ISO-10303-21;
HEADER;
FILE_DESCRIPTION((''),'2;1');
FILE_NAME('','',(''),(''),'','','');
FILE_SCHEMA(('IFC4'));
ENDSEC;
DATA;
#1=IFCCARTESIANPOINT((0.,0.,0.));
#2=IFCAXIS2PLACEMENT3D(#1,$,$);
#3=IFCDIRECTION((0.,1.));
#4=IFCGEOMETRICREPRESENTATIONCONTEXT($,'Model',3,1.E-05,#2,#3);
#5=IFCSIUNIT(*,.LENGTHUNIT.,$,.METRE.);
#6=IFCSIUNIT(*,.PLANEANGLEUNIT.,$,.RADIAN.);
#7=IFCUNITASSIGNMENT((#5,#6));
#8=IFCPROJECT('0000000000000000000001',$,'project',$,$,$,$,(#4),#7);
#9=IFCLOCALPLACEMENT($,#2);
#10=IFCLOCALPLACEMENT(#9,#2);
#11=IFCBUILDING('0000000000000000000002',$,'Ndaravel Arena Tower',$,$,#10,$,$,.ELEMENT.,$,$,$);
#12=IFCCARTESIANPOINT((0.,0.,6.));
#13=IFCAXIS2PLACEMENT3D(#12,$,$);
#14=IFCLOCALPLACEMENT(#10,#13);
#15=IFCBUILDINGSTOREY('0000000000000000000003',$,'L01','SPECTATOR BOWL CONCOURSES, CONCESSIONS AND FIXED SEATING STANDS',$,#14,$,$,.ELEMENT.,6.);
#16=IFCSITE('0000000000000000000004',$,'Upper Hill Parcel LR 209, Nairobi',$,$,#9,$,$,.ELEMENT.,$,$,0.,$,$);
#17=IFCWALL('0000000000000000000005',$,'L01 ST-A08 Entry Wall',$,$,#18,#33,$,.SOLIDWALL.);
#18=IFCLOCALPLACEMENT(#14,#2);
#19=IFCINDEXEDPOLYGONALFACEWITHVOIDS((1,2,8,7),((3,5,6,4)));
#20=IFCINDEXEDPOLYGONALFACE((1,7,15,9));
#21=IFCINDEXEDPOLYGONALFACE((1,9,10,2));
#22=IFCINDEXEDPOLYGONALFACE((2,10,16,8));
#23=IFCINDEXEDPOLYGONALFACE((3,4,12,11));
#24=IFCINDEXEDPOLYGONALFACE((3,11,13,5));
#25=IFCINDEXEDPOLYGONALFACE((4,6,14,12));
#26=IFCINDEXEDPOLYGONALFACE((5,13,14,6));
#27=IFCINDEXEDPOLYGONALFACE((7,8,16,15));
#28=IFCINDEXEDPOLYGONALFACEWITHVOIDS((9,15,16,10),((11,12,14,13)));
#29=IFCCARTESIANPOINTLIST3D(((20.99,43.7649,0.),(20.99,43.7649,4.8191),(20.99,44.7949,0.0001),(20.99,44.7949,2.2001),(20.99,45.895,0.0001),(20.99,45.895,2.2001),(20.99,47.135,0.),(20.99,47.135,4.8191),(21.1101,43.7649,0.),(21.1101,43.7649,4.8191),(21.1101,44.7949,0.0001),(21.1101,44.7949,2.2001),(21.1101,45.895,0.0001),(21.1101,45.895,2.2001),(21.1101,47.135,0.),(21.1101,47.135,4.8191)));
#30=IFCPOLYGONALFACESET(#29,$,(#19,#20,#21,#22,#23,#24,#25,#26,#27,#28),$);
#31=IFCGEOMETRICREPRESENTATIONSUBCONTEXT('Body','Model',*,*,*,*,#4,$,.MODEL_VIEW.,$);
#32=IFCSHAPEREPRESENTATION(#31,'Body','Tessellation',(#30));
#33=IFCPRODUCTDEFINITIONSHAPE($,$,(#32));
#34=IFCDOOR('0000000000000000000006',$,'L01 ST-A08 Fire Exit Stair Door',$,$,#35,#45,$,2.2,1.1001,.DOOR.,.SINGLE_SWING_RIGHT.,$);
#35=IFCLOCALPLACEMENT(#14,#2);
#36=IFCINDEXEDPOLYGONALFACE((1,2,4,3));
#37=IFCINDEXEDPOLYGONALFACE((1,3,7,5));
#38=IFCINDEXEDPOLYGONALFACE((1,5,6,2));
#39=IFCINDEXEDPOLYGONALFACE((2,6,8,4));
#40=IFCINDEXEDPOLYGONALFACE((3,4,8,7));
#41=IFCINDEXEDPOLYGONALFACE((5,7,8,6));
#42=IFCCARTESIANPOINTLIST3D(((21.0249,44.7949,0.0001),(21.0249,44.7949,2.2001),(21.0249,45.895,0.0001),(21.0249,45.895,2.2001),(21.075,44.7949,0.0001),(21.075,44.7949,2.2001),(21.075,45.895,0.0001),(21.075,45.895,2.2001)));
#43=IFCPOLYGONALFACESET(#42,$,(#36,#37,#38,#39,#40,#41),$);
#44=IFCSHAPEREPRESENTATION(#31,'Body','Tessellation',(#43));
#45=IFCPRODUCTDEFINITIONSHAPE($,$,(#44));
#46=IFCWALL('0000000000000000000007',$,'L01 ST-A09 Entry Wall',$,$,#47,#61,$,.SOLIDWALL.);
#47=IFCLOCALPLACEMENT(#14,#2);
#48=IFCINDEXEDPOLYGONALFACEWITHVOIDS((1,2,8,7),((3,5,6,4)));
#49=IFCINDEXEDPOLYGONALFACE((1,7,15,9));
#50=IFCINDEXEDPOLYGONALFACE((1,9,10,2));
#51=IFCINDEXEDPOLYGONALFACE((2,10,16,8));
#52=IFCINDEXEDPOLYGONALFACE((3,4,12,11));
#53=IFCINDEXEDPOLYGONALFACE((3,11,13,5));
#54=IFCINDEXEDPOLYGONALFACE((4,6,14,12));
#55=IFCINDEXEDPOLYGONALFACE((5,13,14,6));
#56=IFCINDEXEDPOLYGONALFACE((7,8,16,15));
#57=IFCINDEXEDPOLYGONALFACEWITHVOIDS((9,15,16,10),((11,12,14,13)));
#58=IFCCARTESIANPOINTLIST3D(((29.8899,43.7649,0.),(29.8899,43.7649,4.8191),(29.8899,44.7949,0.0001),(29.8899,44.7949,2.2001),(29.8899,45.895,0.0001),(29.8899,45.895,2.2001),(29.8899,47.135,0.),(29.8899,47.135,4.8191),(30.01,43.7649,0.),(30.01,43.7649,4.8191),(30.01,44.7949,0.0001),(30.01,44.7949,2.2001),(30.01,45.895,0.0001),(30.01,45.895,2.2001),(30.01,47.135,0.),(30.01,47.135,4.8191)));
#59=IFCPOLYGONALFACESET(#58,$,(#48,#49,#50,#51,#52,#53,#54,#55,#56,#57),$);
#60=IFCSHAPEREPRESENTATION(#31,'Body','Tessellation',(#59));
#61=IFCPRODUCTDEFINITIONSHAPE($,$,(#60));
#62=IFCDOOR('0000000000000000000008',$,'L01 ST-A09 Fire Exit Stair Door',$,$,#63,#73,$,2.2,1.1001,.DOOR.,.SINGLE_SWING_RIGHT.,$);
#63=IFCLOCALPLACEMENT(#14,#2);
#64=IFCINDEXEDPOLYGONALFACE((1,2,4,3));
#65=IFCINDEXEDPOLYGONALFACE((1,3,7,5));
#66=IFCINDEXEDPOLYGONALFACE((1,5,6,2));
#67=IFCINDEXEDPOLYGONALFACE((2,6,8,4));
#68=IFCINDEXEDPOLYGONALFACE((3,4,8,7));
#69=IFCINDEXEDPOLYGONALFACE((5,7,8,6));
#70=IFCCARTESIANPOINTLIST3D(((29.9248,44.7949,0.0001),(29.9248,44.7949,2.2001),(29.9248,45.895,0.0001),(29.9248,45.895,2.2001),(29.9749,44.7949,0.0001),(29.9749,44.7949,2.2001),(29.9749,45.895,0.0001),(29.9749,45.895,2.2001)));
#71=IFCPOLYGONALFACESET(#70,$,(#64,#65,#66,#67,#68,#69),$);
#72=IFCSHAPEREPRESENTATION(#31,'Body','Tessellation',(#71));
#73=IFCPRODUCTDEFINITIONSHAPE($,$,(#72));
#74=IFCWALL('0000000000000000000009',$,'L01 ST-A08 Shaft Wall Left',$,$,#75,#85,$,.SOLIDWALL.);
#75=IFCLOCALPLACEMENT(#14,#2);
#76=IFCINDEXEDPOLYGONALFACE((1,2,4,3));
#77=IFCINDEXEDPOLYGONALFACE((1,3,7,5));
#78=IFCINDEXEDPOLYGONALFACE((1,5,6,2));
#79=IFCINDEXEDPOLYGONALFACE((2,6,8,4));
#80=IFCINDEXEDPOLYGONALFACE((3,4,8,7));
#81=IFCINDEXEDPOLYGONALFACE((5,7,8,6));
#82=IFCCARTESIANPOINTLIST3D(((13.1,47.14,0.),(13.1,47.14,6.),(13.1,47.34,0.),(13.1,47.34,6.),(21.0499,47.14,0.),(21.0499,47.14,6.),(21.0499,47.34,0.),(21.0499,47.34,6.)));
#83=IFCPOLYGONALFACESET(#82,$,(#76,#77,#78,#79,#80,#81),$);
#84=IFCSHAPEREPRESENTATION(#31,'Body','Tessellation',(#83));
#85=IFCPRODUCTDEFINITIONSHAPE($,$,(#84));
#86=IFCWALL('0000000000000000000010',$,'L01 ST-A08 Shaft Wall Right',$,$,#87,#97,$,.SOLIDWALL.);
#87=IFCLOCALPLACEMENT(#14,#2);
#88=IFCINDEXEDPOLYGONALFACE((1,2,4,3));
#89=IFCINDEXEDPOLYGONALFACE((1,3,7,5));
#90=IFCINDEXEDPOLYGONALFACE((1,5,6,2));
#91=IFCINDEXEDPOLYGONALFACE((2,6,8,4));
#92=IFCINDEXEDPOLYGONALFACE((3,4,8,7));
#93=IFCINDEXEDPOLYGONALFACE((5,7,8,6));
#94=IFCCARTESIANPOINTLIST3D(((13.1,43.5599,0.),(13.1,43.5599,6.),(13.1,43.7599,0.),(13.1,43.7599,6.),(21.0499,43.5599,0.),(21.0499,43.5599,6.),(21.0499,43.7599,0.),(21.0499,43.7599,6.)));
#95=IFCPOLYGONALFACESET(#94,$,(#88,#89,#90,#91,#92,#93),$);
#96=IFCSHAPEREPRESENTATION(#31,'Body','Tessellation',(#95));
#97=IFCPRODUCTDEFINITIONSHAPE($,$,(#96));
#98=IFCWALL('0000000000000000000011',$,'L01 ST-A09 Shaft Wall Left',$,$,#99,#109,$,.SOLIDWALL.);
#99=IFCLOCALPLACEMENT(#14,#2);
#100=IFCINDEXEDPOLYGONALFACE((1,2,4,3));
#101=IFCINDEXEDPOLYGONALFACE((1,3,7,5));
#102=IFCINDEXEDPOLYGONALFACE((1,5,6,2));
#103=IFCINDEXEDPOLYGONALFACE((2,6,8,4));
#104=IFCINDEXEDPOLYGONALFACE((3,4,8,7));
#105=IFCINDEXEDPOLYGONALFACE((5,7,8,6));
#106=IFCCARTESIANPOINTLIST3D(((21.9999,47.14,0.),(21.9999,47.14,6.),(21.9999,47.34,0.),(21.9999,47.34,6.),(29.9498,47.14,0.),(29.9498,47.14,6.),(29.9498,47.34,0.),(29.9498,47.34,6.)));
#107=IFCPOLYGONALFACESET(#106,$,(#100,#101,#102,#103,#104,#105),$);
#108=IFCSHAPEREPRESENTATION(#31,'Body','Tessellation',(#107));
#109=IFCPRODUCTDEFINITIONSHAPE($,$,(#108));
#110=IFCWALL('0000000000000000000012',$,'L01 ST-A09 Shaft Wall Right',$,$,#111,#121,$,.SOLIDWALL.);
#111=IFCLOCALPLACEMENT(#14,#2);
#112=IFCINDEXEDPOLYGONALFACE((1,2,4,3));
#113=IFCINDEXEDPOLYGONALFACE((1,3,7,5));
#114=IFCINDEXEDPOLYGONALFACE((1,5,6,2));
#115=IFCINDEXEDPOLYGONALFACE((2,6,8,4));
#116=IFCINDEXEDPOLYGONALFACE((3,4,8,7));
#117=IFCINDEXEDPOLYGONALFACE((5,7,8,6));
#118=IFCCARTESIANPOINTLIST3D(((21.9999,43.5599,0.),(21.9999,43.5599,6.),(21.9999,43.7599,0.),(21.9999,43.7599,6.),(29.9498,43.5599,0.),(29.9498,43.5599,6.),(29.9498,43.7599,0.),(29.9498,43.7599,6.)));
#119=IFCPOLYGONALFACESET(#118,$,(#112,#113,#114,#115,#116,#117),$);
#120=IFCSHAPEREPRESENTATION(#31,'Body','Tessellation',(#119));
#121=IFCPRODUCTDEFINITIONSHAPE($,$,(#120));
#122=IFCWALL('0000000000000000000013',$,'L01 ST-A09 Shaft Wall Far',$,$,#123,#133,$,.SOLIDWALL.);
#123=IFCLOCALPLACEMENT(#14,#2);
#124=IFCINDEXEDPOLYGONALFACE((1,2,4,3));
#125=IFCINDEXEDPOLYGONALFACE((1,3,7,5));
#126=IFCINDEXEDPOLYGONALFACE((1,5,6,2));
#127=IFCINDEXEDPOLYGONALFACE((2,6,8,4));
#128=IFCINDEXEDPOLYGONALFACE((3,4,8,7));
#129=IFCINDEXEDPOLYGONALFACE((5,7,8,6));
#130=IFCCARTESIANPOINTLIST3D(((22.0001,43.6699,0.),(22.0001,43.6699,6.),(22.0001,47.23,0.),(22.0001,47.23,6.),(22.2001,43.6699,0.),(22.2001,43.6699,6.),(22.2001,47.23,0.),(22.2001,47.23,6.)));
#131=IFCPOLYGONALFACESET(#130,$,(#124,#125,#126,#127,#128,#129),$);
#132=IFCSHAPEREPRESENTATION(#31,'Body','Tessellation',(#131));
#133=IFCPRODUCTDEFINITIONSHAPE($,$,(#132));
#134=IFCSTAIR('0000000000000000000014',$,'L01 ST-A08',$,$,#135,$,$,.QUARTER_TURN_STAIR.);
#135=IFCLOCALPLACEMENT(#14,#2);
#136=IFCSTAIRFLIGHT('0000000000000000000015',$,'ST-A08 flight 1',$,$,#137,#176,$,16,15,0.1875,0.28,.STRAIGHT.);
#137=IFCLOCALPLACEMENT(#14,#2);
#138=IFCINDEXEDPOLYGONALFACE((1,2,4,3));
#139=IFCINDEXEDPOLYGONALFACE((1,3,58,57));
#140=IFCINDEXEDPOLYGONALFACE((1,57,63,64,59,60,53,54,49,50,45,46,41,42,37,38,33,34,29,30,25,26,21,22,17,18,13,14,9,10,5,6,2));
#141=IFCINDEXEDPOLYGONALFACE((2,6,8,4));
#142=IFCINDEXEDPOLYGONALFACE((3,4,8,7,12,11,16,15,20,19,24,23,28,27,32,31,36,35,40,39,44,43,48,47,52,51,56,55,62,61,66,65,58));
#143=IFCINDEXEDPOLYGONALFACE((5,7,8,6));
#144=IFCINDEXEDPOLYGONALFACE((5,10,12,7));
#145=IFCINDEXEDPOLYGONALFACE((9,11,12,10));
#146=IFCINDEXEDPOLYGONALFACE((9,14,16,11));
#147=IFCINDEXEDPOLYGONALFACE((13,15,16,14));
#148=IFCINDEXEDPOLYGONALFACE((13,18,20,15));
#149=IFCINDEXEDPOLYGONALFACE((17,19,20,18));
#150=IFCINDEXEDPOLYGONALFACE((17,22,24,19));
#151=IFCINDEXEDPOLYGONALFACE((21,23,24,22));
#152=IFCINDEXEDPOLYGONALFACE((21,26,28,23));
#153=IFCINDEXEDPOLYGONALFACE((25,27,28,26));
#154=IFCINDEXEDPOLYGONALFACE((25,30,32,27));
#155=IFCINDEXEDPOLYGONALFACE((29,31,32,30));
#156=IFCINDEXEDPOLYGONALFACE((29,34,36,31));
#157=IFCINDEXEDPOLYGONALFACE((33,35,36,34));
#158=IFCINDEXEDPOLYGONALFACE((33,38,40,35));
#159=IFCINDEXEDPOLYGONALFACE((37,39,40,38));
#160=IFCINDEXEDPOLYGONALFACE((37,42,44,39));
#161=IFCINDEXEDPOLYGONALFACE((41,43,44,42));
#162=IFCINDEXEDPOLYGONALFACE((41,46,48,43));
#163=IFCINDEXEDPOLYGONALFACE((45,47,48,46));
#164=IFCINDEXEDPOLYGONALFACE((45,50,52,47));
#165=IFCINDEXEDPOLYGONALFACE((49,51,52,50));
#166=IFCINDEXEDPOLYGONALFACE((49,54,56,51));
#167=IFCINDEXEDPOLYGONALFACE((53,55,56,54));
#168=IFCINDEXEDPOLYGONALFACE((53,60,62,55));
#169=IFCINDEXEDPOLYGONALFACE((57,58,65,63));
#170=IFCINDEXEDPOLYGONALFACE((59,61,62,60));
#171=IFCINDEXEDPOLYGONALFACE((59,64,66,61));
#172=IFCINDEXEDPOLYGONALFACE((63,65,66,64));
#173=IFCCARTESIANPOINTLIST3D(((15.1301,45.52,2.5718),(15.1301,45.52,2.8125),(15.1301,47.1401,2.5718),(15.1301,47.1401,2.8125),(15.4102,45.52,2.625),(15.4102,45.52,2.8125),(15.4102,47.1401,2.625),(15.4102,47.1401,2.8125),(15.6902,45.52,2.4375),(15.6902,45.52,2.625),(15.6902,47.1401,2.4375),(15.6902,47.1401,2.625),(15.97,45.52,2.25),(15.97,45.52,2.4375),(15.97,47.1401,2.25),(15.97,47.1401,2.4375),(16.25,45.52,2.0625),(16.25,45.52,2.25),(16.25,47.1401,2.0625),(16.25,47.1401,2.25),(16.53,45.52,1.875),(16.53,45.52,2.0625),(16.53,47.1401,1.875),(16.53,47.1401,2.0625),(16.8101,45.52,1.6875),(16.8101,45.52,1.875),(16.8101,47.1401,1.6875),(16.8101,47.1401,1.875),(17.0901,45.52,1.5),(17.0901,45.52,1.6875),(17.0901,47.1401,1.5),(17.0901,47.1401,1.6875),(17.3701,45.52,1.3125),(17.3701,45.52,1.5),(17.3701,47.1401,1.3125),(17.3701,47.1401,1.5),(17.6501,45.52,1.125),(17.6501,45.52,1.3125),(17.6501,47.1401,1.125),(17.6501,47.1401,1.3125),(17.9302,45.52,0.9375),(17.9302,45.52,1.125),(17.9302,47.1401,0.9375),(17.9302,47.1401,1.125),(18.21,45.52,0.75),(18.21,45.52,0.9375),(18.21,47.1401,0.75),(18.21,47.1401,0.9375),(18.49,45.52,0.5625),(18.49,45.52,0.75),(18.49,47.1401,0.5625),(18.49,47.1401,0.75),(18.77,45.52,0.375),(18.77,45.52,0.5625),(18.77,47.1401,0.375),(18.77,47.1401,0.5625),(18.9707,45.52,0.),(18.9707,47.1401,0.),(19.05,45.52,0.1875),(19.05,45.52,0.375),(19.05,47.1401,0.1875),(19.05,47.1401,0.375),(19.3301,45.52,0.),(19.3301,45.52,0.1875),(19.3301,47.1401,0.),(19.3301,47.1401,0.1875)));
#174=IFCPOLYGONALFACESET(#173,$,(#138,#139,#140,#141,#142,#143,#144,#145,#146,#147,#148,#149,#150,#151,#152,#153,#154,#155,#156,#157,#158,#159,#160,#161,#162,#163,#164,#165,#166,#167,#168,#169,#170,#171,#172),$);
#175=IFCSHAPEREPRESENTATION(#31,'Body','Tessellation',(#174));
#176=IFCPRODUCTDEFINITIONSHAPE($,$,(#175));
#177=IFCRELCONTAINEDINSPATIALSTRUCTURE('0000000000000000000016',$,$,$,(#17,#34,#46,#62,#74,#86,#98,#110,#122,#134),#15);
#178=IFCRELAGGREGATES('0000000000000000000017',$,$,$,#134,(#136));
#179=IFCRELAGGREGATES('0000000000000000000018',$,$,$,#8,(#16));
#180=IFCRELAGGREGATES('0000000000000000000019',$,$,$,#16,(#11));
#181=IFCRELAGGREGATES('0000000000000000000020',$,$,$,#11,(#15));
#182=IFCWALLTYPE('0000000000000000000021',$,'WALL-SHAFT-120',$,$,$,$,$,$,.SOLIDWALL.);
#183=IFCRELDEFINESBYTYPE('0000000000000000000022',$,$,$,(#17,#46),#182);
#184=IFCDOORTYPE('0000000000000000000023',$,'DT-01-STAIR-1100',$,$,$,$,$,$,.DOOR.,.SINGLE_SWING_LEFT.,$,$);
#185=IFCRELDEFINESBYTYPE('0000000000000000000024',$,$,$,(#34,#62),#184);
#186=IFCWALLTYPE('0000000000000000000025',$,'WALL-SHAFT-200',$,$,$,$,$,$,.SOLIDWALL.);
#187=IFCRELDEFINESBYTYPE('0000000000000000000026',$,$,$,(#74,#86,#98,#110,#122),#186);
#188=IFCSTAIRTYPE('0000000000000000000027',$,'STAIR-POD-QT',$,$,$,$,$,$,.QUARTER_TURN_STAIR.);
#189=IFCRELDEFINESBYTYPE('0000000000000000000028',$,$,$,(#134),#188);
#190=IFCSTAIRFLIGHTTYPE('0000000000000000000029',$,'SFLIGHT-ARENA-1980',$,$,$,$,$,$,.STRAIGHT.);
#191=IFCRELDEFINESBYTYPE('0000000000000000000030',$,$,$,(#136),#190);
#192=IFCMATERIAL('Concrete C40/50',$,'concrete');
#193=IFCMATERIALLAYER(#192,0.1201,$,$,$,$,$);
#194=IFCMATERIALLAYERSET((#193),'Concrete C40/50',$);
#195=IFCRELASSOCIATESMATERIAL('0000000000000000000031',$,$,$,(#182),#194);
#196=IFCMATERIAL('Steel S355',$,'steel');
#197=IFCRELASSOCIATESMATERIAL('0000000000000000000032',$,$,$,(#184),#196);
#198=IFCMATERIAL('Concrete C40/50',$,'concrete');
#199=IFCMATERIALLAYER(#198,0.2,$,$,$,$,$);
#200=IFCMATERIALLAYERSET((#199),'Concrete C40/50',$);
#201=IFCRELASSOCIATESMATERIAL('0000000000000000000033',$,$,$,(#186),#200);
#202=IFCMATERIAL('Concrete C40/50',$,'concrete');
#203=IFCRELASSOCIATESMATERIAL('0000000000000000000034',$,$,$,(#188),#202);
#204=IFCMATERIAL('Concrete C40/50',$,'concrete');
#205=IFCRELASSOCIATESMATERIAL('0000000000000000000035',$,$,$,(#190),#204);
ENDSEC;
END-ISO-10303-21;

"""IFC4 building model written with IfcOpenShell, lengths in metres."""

from ifc_helpers import new_model, si_unit, direction, frame, frame_2d, origin, place, context, subcontext, project, spatial, polyline, rectangle, outline, extrude, material, layer, layer_set, type_object, element, fill, aggregate, save


model = new_model("IFC4")

# Units and contexts
model_context = context("Model", 3, precision=1e-05, world=origin(), true_north=direction((0.0, 1.0)))
body_context = subcontext(model_context, "Body", "Model", "MODEL_VIEW")
ifc_project = project(units=[si_unit("LENGTHUNIT", "METRE"), si_unit("PLANEANGLEUNIT", "RADIAN")], contexts=[model_context])

# Site, building, storey
site_placement = place(None, origin())
site = spatial("IfcSite", under=ifc_project, at=site_placement, Name="Upper Hill Parcel LR 209, Nairobi", CompositionType="ELEMENT", RefElevation=0.0)
building_placement = place(site_placement, origin())
building = spatial("IfcBuilding", under=site, at=building_placement, Name="Ndaravel Arena Tower", CompositionType="ELEMENT")
storey_placement = place(building_placement, frame((0.0, 0.0, 6.0)))
storey = spatial("IfcBuildingStorey", under=building, at=storey_placement, Name="L01", Description="SPECTATOR BOWL CONCOURSES, CONCESSIONS AND FIXED SEATING STANDS", CompositionType="ELEMENT", Elevation=6.0)

# Walls, openings, doors
ifc_material_1 = material(Name="Concrete C40/50", Category="concrete")
ifc_layer_1 = layer(ifc_material_1, 0.1201)
ifc_layer_set_1 = layer_set([ifc_layer_1], Name="Concrete C40/50")
wall_type_1 = type_object("IfcWallType", Name="WALL-SHAFT-120", PredefinedType="SOLIDWALL", material=ifc_layer_set_1)
wall_1_placement = place(storey_placement, frame((21.05, 47.135, 0.0), z_axis=(0.0, 0.0, 1.0), x_axis=(0.0, -1.0, 0.0)))
wall_1 = element("IfcWall", 1, at=wall_1_placement, inside=storey, type_object=wall_type_1, Name="L01 ST-A08 Entry Wall", PredefinedType="SOLIDWALL", context=body_context, shape_type="SweptSolid", body=[
    extrude(rectangle(XDim=3.3701, YDim=0.1201, at=frame_2d((1.6851, 0.0))), origin(), (0.0, 0.0, 1.0), 4.8191),
])
opening_1_placement = place(wall_1_placement, frame((1.24, 0.0, 0.0)))
opening_1 = element("IfcOpeningElement", 2, at=opening_1_placement, cuts=wall_1, PredefinedType="OPENING", context=body_context, shape_type="SweptSolid", body=[
    extrude(rectangle(XDim=1.1001, YDim=2.2, at=frame_2d((0.55, 1.1001))), frame((0.0, 0.0601, 0.0), z_axis=(0.0, -1.0, 0.0), x_axis=(1.0, 0.0, 0.0)), (0.0, 0.0, 1.0), 0.1201),
])
ifc_material_2 = material(Name="Steel S355", Category="steel")
door_type = type_object("IfcDoorType", Name="DT-01-STAIR-1100", OperationType="SINGLE_SWING_LEFT", PredefinedType="DOOR", material=ifc_material_2)
door_1_placement = place(opening_1_placement, origin())
door_1 = element("IfcDoor", 3, at=door_1_placement, inside=storey, type_object=door_type, Name="L01 ST-A08 Fire Exit Stair Door", OperationType="SINGLE_SWING_RIGHT", OverallHeight=2.2, OverallWidth=1.1001, PredefinedType="DOOR", context=body_context, shape_type="SweptSolid", body=[
    extrude(rectangle(XDim=1.1001, YDim=2.2, at=frame_2d((0.55, 1.1001))), frame((0.0, 0.0249, 0.0), z_axis=(0.0, -1.0, 0.0), x_axis=(1.0, 0.0, 0.0)), (0.0, 0.0, 1.0), 0.05),
])
fill(opening_1, door_1)
wall_2_placement = place(storey_placement, frame((29.95, 47.135, 0.0), z_axis=(0.0, 0.0, 1.0), x_axis=(0.0, -1.0, 0.0)))
wall_2 = element("IfcWall", 4, at=wall_2_placement, inside=storey, type_object=wall_type_1, Name="L01 ST-A09 Entry Wall", PredefinedType="SOLIDWALL", context=body_context, shape_type="SweptSolid", body=[
    extrude(rectangle(XDim=3.3701, YDim=0.1201, at=frame_2d((1.6851, 0.0))), origin(), (0.0, 0.0, 1.0), 4.8191),
])
opening_2_placement = place(wall_2_placement, frame((1.24, 0.0, 0.0)))
opening_2 = element("IfcOpeningElement", 5, at=opening_2_placement, cuts=wall_2, PredefinedType="OPENING", context=body_context, shape_type="SweptSolid", body=[
    extrude(rectangle(XDim=1.1001, YDim=2.2, at=frame_2d((0.55, 1.1001))), frame((0.0, 0.0601, 0.0), z_axis=(0.0, -1.0, 0.0), x_axis=(1.0, 0.0, 0.0)), (0.0, 0.0, 1.0), 0.1201),
])
door_2_placement = place(opening_2_placement, origin())
door_2 = element("IfcDoor", 6, at=door_2_placement, inside=storey, type_object=door_type, Name="L01 ST-A09 Fire Exit Stair Door", OperationType="SINGLE_SWING_RIGHT", OverallHeight=2.2, OverallWidth=1.1001, PredefinedType="DOOR", context=body_context, shape_type="SweptSolid", body=[
    extrude(rectangle(XDim=1.1001, YDim=2.2, at=frame_2d((0.55, 1.1001))), frame((0.0, 0.0249, 0.0), z_axis=(0.0, -1.0, 0.0), x_axis=(1.0, 0.0, 0.0)), (0.0, 0.0, 1.0), 0.05),
])
fill(opening_2, door_2)

# Walls
ifc_material_3 = material(Name="Concrete C40/50", Category="concrete")
ifc_layer_2 = layer(ifc_material_3, 0.2)
ifc_layer_set_2 = layer_set([ifc_layer_2], Name="Concrete C40/50")
wall_type_2 = type_object("IfcWallType", Name="WALL-SHAFT-200", PredefinedType="SOLIDWALL", material=ifc_layer_set_2)
for number, where, z_axis, x_axis, name in (
    (7, (21.05, 47.24, 0.0), (0.0, 0.0, 1.0), (-1.0, 0.0, 0.0), "L01 ST-A08 Shaft Wall Left"),
    (8, (21.05, 43.6599, 0.0), (0.0, 0.0, 1.0), (-1.0, 0.0, 0.0), "L01 ST-A08 Shaft Wall Right"),
    (9, (29.95, 47.24, 0.0), (0.0, 0.0, 1.0), (-1.0, 0.0, 0.0), "L01 ST-A09 Shaft Wall Left"),
    (10, (29.95, 43.6599, 0.0), (0.0, 0.0, 1.0), (-1.0, 0.0, 0.0), "L01 ST-A09 Shaft Wall Right"),
):
    element("IfcWall", number, at=place(storey_placement, frame(where, z_axis=z_axis, x_axis=x_axis)), inside=storey, type_object=wall_type_2, Name=name, PredefinedType="SOLIDWALL", context=body_context, shape_type="SweptSolid", body=[
        extrude(rectangle(XDim=7.95, YDim=0.2, at=frame_2d((3.9751, 0.0))), origin(), (0.0, 0.0, 1.0), 6.0),
    ])
wall_3_placement = place(storey_placement, frame((22.1001, 47.23, 0.0), z_axis=(0.0, 0.0, 1.0), x_axis=(0.0, -1.0, 0.0)))
element("IfcWall", 11, at=wall_3_placement, inside=storey, type_object=wall_type_2, Name="L01 ST-A09 Shaft Wall Far", PredefinedType="SOLIDWALL", context=body_context, shape_type="SweptSolid", body=[
    extrude(rectangle(XDim=3.5601, YDim=0.2, at=frame_2d((1.78, 0.0))), origin(), (0.0, 0.0, 1.0), 6.0),
])

# Stair, stair flight
ifc_material_4 = material(Name="Concrete C40/50", Category="concrete")
stair_type = type_object("IfcStairType", Name="STAIR-POD-QT", PredefinedType="QUARTER_TURN_STAIR", material=ifc_material_4)
stair_1_placement = place(storey_placement, origin())
stair_1 = element("IfcStair", 12, at=stair_1_placement, inside=storey, type_object=stair_type, Name="L01 ST-A08", PredefinedType="QUARTER_TURN_STAIR")
ifc_material_5 = material(Name="Concrete C40/50", Category="concrete")
stair_flight_type = type_object("IfcStairFlightType", Name="SFLIGHT-ARENA-1980", PredefinedType="STRAIGHT", material=ifc_material_5)
stair_flight_1_placement = place(storey_placement, frame((19.3301, 46.3301, 0.0), z_axis=(0.0, 0.0, 1.0), x_axis=(-1.0, 0.0, 0.0)))
stair_flight_1 = element("IfcStairFlight", 13, at=stair_flight_1_placement, type_object=stair_flight_type, Name="ST-A08 flight 1", NumberOfRisers=16, NumberOfTreads=15, PredefinedType="STRAIGHT", RiserHeight=0.1875, TreadLength=0.28, context=body_context, shape_type="SweptSolid", body=[
    extrude(outline(polyline([(0.0, 0.0), (0.0, 0.1875), (0.28, 0.1875), (0.28, 0.375), (0.5601, 0.375), (0.5601, 0.5625), (0.8401, 0.5625), (0.8401, 0.75), (1.1201, 0.75), (1.1201, 0.9375), (1.3999, 0.9375), (1.3999, 1.125), (1.6799, 1.125), (1.6799, 1.3125), (1.96, 1.3125), (1.96, 1.5), (2.24, 1.5), (2.24, 1.6875), (2.52, 1.6875), (2.52, 1.875), (2.8, 1.875), (2.8, 2.0625), (3.0801, 2.0625), (3.0801, 2.25), (3.3601, 2.25), (3.3601, 2.4375), (3.6399, 2.4375), (3.6399, 2.625), (3.9199, 2.625), (3.9199, 2.8125), (4.2, 2.8125), (4.2, 3.0), (4.2, 2.5718), (0.3594, 0.0), (0.0, 0.0)])), frame((0.0, 0.8101, 0.0), z_axis=(0.0, -1.0, 0.0), x_axis=(1.0, 0.0, 0.0)), (0.0, 0.0, 1.0), 1.6201),
])
aggregate(stair_1, [stair_flight_1])

save(model, "model.ifc")
